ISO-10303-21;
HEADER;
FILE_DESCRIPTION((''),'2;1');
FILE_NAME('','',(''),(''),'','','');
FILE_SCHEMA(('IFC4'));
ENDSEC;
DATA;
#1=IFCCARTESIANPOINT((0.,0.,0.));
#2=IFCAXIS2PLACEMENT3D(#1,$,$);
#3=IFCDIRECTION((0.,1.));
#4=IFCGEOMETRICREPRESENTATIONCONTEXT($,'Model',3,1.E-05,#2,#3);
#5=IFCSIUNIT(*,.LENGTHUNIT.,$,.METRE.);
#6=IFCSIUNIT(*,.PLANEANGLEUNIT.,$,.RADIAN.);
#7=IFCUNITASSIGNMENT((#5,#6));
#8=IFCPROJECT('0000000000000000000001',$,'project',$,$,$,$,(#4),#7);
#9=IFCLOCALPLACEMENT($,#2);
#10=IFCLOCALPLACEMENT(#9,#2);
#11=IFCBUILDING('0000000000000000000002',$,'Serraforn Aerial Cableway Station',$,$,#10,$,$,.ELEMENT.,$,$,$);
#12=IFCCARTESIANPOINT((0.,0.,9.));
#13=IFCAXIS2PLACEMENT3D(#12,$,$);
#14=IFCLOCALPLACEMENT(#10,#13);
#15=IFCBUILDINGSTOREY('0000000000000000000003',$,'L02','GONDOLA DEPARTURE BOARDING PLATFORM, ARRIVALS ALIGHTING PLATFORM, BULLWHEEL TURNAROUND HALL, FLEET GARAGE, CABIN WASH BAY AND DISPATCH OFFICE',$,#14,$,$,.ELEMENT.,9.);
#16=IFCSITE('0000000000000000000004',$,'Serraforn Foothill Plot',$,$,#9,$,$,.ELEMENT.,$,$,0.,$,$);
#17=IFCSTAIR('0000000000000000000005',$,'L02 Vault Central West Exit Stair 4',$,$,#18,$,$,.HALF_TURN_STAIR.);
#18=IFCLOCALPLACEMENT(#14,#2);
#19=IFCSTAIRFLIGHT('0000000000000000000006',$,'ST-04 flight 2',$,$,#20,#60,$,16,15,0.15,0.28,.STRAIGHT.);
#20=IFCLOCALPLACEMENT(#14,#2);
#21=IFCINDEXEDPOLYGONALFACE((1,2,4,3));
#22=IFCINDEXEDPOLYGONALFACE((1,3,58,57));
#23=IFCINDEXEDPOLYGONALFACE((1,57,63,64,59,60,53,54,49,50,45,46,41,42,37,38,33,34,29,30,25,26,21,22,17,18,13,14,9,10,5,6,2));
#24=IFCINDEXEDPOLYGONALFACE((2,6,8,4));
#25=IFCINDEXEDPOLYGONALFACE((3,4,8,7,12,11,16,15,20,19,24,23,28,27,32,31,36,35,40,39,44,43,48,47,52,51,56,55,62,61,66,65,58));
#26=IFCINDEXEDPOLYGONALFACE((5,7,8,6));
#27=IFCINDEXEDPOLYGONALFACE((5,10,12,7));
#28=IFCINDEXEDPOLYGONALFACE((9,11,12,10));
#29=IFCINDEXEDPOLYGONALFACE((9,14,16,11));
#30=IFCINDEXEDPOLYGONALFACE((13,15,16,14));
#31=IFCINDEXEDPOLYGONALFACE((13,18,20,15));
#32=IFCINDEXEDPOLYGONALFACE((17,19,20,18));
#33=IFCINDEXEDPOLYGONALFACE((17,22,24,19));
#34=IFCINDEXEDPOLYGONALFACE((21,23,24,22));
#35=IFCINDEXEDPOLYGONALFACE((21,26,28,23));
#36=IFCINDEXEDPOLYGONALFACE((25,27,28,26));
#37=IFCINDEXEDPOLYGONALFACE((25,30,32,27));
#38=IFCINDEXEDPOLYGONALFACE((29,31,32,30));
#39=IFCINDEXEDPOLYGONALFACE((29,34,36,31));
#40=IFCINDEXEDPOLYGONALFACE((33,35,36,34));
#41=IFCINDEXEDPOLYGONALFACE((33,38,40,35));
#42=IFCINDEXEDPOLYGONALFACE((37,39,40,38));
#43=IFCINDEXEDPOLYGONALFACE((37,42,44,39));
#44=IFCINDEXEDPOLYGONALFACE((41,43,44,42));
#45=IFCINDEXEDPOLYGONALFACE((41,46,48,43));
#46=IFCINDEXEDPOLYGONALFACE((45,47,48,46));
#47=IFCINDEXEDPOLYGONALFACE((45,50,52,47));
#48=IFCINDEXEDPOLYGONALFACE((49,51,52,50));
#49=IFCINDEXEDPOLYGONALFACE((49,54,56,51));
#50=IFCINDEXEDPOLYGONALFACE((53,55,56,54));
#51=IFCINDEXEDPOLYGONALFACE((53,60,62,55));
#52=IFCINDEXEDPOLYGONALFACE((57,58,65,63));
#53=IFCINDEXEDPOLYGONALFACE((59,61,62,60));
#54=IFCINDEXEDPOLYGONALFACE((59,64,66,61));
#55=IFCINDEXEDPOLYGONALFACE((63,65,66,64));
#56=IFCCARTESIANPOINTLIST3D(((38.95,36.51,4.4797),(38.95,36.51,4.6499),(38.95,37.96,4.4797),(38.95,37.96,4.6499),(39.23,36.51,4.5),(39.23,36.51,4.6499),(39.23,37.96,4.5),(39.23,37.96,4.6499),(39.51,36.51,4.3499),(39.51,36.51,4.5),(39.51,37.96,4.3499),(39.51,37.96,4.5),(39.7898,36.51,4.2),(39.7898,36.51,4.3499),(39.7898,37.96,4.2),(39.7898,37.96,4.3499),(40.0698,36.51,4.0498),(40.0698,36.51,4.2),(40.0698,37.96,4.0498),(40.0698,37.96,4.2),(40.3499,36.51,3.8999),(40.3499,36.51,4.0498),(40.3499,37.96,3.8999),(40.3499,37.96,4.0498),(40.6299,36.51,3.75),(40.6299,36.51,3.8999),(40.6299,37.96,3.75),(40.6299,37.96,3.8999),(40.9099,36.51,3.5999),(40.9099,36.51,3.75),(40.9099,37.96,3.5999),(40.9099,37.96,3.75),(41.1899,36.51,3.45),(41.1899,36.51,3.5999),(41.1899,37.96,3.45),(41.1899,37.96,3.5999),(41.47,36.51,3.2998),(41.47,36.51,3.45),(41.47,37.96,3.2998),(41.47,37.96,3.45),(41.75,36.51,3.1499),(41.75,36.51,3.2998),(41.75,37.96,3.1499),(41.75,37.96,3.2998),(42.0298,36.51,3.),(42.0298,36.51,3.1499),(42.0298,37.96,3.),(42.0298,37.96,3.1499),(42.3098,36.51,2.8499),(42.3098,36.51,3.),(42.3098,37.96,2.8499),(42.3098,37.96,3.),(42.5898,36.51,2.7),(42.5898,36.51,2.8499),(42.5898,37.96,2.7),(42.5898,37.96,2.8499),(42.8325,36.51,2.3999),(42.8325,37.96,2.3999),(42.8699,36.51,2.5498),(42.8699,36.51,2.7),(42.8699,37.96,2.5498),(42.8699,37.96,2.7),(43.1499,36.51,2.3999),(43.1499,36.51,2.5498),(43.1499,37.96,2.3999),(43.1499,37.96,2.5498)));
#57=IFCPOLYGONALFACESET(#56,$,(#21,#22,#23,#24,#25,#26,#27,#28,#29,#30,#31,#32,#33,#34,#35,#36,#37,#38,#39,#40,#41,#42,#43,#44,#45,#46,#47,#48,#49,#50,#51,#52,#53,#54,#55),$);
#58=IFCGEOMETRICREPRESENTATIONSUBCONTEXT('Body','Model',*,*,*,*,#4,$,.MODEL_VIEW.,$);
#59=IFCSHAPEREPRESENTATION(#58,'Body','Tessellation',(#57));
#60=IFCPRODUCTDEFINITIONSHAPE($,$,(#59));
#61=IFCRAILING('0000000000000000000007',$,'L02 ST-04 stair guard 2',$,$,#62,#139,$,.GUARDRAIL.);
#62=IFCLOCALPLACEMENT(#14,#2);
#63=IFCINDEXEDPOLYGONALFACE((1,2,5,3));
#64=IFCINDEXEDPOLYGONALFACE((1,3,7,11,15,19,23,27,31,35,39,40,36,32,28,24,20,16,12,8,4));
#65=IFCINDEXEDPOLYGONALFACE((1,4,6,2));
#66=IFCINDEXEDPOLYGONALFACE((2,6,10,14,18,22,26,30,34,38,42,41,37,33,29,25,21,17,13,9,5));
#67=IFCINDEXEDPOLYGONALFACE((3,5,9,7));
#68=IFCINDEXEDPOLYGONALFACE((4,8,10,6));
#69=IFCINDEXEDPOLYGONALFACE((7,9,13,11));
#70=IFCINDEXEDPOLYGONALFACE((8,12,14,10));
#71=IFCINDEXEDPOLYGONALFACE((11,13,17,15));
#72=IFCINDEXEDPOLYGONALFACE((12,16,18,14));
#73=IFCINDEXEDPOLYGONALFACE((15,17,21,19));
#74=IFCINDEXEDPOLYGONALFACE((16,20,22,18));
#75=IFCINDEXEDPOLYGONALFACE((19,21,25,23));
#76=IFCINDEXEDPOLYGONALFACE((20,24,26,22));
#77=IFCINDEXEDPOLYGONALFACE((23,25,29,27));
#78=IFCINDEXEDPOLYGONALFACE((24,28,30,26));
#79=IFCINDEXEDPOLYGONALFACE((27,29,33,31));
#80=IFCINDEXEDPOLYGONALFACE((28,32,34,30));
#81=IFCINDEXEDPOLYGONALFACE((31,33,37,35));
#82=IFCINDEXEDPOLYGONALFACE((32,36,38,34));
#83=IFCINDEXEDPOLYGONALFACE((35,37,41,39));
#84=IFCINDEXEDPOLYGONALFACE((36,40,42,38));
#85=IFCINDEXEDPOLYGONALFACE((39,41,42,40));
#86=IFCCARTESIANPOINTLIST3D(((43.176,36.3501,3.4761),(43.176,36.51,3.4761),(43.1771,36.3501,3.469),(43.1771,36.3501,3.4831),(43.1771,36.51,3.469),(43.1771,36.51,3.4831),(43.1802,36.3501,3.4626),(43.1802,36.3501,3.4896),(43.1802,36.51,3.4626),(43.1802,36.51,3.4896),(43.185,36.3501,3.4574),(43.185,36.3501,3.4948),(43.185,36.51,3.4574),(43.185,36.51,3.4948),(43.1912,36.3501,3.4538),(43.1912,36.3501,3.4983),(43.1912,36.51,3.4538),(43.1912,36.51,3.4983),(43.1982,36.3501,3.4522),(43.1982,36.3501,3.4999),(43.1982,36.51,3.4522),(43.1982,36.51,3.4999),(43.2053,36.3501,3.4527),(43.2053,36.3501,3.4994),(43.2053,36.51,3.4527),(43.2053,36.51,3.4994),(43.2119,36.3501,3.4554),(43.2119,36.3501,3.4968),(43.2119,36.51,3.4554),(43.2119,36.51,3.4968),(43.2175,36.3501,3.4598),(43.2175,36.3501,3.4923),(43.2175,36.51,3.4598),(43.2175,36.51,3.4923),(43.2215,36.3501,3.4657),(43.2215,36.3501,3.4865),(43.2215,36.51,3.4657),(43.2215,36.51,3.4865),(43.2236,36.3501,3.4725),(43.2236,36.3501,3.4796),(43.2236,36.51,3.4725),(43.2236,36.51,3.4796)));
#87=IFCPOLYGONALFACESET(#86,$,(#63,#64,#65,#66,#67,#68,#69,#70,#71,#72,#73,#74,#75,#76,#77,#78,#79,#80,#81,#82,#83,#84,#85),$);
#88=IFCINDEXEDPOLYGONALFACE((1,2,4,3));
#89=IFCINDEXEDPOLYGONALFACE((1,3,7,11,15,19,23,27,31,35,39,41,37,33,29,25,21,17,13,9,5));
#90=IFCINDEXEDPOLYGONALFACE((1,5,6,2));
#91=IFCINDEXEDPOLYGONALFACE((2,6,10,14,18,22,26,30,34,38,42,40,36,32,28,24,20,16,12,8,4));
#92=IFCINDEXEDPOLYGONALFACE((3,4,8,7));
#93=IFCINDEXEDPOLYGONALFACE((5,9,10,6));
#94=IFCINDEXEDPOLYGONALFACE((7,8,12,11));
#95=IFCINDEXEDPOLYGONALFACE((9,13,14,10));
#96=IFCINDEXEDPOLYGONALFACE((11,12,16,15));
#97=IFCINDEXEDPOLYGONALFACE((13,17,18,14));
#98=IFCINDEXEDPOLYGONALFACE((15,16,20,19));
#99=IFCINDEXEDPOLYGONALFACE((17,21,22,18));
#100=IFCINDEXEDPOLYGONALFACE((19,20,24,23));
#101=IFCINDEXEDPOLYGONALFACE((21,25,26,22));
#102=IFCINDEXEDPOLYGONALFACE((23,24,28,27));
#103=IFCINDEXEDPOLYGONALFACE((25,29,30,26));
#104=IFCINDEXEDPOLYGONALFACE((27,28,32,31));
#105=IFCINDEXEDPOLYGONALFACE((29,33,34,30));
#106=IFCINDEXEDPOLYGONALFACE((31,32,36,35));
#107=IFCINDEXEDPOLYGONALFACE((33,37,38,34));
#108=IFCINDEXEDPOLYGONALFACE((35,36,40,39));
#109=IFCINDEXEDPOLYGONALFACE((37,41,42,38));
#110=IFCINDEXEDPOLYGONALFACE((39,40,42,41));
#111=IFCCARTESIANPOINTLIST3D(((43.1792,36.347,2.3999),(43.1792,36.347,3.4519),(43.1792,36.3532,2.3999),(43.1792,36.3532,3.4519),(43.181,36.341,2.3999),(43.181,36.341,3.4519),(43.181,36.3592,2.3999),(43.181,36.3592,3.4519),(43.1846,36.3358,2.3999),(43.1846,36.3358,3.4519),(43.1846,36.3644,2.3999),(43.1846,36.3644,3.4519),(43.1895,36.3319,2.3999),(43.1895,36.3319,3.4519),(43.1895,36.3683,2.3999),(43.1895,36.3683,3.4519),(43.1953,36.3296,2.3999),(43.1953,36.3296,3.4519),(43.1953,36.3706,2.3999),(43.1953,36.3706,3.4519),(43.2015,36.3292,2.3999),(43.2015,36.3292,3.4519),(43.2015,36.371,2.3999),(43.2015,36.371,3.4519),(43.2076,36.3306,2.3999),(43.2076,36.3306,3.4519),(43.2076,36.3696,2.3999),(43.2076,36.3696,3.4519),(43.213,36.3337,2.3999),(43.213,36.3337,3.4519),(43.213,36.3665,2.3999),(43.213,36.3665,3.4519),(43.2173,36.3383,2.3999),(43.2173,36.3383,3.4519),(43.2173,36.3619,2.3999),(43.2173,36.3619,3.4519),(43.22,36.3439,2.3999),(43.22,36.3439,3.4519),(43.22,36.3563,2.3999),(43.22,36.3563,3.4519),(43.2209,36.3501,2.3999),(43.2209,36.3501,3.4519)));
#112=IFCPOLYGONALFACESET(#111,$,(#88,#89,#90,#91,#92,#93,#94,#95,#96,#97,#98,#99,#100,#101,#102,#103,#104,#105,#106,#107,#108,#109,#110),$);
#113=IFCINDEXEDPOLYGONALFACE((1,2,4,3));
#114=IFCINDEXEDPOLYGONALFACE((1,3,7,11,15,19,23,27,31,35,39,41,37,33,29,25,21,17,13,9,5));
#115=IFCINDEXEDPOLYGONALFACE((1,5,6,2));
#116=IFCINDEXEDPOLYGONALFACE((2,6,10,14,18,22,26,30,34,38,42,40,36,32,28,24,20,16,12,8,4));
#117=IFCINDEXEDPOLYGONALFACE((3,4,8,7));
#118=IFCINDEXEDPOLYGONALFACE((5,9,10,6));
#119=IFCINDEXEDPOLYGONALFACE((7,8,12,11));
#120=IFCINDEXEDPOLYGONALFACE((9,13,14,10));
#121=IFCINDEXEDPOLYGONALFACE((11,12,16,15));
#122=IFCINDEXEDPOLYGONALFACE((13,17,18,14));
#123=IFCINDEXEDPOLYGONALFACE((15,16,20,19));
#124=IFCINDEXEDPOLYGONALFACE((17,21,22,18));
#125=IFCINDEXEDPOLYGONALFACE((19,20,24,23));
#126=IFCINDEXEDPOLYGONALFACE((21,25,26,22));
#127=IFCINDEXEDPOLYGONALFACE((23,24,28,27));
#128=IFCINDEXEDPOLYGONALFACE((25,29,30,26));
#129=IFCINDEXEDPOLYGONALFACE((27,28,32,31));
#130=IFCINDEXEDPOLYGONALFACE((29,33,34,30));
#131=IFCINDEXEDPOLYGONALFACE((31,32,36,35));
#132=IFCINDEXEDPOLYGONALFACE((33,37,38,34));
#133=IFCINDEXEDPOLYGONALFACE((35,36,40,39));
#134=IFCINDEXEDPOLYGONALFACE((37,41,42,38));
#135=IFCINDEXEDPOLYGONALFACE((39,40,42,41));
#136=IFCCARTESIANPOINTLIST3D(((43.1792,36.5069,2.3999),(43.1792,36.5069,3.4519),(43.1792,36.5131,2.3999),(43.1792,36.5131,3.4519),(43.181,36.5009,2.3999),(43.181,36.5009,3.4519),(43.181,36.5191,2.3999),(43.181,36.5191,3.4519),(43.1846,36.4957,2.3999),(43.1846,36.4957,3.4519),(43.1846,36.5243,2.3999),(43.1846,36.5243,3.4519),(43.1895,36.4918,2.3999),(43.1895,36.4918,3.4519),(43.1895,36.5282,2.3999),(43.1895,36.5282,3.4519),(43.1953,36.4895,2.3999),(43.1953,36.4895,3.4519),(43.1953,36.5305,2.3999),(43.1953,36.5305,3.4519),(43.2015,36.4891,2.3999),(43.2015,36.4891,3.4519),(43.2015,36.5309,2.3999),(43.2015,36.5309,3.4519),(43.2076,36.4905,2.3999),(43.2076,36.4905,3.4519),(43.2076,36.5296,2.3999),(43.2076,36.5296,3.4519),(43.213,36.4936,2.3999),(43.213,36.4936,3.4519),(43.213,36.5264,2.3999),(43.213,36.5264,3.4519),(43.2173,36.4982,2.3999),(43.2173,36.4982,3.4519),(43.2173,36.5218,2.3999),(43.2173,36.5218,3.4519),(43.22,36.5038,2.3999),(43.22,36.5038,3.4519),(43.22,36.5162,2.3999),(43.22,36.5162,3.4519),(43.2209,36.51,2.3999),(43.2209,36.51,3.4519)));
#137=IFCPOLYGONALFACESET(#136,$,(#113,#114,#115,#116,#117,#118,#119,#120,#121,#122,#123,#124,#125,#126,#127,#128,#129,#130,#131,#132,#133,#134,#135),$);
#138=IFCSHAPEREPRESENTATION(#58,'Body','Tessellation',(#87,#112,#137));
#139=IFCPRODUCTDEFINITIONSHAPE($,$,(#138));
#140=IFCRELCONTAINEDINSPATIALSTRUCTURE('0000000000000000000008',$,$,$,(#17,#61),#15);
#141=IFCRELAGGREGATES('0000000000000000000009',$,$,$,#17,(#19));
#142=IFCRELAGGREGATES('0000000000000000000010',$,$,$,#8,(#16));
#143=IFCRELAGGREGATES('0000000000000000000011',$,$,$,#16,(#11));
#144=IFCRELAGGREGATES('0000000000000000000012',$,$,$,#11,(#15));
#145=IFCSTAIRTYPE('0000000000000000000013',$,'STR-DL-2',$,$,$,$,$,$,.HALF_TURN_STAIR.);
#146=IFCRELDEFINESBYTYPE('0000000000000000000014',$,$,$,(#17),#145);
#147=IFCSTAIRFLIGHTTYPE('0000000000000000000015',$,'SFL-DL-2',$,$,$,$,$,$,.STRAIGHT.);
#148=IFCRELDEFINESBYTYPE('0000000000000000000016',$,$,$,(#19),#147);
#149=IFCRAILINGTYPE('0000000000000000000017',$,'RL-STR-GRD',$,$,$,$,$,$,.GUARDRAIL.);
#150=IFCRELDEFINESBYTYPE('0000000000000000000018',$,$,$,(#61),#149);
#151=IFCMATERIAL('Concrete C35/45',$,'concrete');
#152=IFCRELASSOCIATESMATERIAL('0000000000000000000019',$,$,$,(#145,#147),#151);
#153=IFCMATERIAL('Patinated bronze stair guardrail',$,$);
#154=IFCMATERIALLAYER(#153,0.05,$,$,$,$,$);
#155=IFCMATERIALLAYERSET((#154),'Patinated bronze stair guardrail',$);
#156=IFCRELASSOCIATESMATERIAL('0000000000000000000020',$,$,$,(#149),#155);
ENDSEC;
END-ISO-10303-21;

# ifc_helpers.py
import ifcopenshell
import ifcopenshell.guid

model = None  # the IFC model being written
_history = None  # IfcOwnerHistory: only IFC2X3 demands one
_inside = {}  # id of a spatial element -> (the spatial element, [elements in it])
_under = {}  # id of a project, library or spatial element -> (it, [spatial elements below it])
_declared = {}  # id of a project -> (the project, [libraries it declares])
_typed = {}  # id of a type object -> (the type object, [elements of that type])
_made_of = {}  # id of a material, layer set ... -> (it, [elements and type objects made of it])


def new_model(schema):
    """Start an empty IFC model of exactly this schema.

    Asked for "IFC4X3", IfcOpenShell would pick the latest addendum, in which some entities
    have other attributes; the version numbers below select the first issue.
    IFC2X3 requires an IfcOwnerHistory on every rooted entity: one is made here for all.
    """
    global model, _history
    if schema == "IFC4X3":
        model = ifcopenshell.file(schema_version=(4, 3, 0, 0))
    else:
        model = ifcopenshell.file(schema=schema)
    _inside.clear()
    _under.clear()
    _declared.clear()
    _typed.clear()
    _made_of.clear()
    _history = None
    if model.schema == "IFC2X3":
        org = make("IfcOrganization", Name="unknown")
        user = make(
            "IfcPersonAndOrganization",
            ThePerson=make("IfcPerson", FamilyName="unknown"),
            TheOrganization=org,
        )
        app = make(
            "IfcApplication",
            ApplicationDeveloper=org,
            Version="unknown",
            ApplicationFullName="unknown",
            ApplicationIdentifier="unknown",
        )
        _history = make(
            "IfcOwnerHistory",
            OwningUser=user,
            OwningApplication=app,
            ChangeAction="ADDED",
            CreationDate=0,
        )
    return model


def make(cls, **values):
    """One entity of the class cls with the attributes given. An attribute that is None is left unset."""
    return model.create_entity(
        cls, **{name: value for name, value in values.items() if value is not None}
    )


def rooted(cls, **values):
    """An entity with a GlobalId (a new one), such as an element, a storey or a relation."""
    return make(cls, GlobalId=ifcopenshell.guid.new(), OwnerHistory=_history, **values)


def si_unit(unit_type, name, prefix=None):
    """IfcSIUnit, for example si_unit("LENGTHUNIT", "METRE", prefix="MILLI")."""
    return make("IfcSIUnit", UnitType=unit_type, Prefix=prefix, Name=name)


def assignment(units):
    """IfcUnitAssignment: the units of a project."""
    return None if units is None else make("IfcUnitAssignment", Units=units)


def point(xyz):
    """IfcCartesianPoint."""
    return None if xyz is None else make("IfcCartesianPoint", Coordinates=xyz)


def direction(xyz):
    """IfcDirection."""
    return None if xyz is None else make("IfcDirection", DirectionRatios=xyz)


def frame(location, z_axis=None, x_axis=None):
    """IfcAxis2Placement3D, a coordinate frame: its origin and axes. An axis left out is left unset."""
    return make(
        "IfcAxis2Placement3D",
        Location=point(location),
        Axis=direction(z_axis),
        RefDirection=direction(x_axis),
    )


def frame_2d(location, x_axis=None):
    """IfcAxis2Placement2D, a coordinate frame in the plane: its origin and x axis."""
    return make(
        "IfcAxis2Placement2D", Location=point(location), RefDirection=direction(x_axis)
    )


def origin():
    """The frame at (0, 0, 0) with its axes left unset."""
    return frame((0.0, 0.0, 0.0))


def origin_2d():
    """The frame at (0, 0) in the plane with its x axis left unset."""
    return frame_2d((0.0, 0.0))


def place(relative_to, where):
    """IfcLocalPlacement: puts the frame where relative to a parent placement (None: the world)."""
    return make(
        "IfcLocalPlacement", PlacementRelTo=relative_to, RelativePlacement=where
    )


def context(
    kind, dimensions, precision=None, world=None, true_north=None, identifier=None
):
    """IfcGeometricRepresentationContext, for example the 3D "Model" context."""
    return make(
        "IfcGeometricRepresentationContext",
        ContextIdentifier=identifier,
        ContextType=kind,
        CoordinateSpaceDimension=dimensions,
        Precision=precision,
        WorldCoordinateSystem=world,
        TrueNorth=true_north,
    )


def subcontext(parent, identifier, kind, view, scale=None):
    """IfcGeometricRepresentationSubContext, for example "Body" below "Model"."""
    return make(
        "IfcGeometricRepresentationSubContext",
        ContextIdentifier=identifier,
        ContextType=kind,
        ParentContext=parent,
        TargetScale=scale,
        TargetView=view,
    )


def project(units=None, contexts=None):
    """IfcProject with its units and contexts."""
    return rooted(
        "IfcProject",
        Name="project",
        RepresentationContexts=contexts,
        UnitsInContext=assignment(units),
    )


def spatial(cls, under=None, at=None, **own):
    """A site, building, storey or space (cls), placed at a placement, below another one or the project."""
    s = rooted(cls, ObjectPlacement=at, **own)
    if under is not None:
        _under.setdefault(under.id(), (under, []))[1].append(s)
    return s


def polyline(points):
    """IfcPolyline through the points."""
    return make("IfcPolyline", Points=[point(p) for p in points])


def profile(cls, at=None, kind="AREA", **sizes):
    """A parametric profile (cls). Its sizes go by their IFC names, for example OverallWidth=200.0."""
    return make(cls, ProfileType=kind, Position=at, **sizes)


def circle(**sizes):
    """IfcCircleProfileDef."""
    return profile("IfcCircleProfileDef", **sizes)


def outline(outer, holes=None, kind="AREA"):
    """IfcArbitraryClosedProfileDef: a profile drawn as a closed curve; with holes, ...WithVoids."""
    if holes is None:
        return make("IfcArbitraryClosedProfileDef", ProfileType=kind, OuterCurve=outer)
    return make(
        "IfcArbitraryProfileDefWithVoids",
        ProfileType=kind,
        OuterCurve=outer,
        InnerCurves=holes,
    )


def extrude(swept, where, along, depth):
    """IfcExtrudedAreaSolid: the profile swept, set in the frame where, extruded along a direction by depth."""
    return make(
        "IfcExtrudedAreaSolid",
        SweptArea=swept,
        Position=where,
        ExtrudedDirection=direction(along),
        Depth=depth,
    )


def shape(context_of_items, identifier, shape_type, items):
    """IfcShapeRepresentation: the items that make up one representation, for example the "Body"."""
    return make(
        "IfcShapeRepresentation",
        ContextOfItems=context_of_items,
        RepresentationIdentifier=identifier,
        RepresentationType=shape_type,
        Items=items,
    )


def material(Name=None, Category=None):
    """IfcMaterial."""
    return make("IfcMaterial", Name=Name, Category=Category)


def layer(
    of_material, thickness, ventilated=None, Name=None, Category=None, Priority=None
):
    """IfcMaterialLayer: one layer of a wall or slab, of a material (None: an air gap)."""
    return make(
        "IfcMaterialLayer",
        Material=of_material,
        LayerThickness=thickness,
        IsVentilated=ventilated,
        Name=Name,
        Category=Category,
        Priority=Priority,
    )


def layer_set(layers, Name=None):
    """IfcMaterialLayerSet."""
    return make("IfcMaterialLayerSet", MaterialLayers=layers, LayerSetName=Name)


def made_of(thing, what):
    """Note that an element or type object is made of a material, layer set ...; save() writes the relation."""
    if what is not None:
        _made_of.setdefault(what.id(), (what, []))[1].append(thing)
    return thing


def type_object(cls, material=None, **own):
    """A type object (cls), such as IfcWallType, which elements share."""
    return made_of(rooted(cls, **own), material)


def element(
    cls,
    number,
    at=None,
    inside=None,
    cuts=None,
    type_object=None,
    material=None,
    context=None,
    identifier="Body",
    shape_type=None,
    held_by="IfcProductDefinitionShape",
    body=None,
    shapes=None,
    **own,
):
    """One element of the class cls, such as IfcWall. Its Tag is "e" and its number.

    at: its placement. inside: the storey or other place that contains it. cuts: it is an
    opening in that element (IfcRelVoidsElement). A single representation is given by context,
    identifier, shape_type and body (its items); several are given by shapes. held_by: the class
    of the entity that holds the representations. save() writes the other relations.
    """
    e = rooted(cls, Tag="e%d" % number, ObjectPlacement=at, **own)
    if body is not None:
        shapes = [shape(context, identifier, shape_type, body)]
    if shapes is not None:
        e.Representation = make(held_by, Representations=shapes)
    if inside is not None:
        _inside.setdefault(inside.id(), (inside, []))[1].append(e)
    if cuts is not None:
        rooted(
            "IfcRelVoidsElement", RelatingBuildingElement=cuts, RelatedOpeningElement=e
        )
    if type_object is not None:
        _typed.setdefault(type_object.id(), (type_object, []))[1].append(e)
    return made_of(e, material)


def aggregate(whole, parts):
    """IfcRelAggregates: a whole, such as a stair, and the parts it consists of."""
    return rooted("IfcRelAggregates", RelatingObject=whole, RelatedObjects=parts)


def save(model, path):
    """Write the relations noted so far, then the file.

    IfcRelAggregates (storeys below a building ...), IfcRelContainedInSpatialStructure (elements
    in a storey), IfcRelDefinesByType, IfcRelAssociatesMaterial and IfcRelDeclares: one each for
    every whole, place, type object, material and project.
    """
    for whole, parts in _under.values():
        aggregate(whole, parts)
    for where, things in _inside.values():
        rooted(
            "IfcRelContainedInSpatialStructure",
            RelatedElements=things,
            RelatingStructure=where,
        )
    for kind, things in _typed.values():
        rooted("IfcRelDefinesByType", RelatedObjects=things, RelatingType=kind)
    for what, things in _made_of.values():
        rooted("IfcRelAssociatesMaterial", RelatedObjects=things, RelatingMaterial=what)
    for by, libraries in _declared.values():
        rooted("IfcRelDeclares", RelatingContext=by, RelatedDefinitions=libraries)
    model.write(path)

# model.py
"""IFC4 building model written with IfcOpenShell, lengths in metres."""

from ifc_helpers import new_model, si_unit, direction, frame, origin, origin_2d, place, context, subcontext, project, spatial, polyline, circle, outline, extrude, material, layer, layer_set, type_object, element, aggregate, save


model = new_model("IFC4")

# Units and contexts
model_context = context("Model", 3, precision=1e-05, world=origin(), true_north=direction((0.0, 1.0)))
body_context = subcontext(model_context, "Body", "Model", "MODEL_VIEW")
ifc_project = project(units=[si_unit("LENGTHUNIT", "METRE"), si_unit("PLANEANGLEUNIT", "RADIAN")], contexts=[model_context])

# Site, building, storey
site_placement = place(None, origin())
site = spatial("IfcSite", under=ifc_project, at=site_placement, Name="Serraforn Foothill Plot", CompositionType="ELEMENT", RefElevation=0.0)
building_placement = place(site_placement, origin())
building = spatial("IfcBuilding", under=site, at=building_placement, Name="Serraforn Aerial Cableway Station", CompositionType="ELEMENT")
storey_placement = place(building_placement, frame((0.0, 0.0, 9.0)))
storey = spatial("IfcBuildingStorey", under=building, at=storey_placement, Name="L02", Description="GONDOLA DEPARTURE BOARDING PLATFORM, ARRIVALS ALIGHTING PLATFORM, BULLWHEEL TURNAROUND HALL, FLEET GARAGE, CABIN WASH BAY AND DISPATCH OFFICE", CompositionType="ELEMENT", Elevation=9.0)

# Shared definitions
ifc_material_1 = material(Name="Concrete C35/45", Category="concrete")

# Stair, stair flight
stair_type = type_object("IfcStairType", Name="STR-DL-2", PredefinedType="HALF_TURN_STAIR", material=ifc_material_1)
stair_placement = place(storey_placement, origin())
stair = element("IfcStair", 1, at=stair_placement, inside=storey, type_object=stair_type, Name="L02 Vault Central West Exit Stair 4", PredefinedType="HALF_TURN_STAIR")
stair_flight_type = type_object("IfcStairFlightType", Name="SFL-DL-2", PredefinedType="STRAIGHT", material=ifc_material_1)
stair_flight_placement = place(storey_placement, frame((43.1499, 37.2351, 2.3999), z_axis=(0.0, 0.0, 1.0), x_axis=(-1.0, 0.0, 0.0)))
stair_flight = element("IfcStairFlight", 2, at=stair_flight_placement, type_object=stair_flight_type, Name="ST-04 flight 2", NumberOfRisers=16, NumberOfTreads=15, PredefinedType="STRAIGHT", RiserHeight=0.15, TreadLength=0.28, context=body_context, shape_type="SweptSolid", body=[
    extrude(outline(polyline([(0.0, 0.0), (0.0, 0.1499), (0.28, 0.1499), (0.28, 0.3), (0.5601, 0.3), (0.5601, 0.45), (0.8401, 0.45), (0.8401, 0.6001), (1.1201, 0.6001), (1.1201, 0.75), (1.3999, 0.75), (1.3999, 0.8999), (1.6799, 0.8999), (1.6799, 1.05), (1.96, 1.05), (1.96, 1.2), (2.24, 1.2), (2.24, 1.3501), (2.52, 1.3501), (2.52, 1.5), (2.8, 1.5), (2.8, 1.6499), (3.0801, 1.6499), (3.0801, 1.8), (3.3601, 1.8), (3.3601, 1.95), (3.6399, 1.95), (3.6399, 2.1001), (3.9199, 2.1001), (3.9199, 2.25), (4.2, 2.25), (4.2, 2.3999), (4.2, 2.0798), (0.3174, 0.0), (0.0, 0.0)])), frame((0.0, 0.7251, 0.0), z_axis=(0.0, -1.0, 0.0), x_axis=(1.0, 0.0, 0.0)), (0.0, 0.0, 1.0), 1.45),
])
aggregate(stair, [stair_flight])

# Railing
ifc_material_2 = material(Name="Patinated bronze stair guardrail")
ifc_layer_1 = layer(ifc_material_2, 0.05)
ifc_layer_set_1 = layer_set([ifc_layer_1], Name="Patinated bronze stair guardrail")
railing_type_1 = type_object("IfcRailingType", Name="RL-STR-GRD", PredefinedType="GUARDRAIL", material=ifc_layer_set_1)
railing_1_placement = place(storey_placement, frame((43.2, 36.3501, 2.3999)))
element("IfcRailing", 3, at=railing_1_placement, inside=storey, type_object=railing_type_1, Name="L02 ST-04 stair guard 2", PredefinedType="GUARDRAIL", context=body_context, shape_type="SweptSolid", body=[
    extrude(circle(Radius=0.0239, at=origin_2d()), frame((0.0, 0.0, 1.0762), z_axis=(0.0, 1.0, 0.0), x_axis=(-1.0, 0.0, 0.0)), (0.0, 0.0, 1.0), 0.1599),
    extrude(circle(Radius=0.021, at=origin_2d()), origin(), (0.0, 0.0, 1.0), 1.052),
    extrude(circle(Radius=0.021, at=origin_2d()), frame((0.0, 0.1599, 0.0)), (0.0, 0.0, 1.0), 1.052),
])

save(model, "model.ifc")
